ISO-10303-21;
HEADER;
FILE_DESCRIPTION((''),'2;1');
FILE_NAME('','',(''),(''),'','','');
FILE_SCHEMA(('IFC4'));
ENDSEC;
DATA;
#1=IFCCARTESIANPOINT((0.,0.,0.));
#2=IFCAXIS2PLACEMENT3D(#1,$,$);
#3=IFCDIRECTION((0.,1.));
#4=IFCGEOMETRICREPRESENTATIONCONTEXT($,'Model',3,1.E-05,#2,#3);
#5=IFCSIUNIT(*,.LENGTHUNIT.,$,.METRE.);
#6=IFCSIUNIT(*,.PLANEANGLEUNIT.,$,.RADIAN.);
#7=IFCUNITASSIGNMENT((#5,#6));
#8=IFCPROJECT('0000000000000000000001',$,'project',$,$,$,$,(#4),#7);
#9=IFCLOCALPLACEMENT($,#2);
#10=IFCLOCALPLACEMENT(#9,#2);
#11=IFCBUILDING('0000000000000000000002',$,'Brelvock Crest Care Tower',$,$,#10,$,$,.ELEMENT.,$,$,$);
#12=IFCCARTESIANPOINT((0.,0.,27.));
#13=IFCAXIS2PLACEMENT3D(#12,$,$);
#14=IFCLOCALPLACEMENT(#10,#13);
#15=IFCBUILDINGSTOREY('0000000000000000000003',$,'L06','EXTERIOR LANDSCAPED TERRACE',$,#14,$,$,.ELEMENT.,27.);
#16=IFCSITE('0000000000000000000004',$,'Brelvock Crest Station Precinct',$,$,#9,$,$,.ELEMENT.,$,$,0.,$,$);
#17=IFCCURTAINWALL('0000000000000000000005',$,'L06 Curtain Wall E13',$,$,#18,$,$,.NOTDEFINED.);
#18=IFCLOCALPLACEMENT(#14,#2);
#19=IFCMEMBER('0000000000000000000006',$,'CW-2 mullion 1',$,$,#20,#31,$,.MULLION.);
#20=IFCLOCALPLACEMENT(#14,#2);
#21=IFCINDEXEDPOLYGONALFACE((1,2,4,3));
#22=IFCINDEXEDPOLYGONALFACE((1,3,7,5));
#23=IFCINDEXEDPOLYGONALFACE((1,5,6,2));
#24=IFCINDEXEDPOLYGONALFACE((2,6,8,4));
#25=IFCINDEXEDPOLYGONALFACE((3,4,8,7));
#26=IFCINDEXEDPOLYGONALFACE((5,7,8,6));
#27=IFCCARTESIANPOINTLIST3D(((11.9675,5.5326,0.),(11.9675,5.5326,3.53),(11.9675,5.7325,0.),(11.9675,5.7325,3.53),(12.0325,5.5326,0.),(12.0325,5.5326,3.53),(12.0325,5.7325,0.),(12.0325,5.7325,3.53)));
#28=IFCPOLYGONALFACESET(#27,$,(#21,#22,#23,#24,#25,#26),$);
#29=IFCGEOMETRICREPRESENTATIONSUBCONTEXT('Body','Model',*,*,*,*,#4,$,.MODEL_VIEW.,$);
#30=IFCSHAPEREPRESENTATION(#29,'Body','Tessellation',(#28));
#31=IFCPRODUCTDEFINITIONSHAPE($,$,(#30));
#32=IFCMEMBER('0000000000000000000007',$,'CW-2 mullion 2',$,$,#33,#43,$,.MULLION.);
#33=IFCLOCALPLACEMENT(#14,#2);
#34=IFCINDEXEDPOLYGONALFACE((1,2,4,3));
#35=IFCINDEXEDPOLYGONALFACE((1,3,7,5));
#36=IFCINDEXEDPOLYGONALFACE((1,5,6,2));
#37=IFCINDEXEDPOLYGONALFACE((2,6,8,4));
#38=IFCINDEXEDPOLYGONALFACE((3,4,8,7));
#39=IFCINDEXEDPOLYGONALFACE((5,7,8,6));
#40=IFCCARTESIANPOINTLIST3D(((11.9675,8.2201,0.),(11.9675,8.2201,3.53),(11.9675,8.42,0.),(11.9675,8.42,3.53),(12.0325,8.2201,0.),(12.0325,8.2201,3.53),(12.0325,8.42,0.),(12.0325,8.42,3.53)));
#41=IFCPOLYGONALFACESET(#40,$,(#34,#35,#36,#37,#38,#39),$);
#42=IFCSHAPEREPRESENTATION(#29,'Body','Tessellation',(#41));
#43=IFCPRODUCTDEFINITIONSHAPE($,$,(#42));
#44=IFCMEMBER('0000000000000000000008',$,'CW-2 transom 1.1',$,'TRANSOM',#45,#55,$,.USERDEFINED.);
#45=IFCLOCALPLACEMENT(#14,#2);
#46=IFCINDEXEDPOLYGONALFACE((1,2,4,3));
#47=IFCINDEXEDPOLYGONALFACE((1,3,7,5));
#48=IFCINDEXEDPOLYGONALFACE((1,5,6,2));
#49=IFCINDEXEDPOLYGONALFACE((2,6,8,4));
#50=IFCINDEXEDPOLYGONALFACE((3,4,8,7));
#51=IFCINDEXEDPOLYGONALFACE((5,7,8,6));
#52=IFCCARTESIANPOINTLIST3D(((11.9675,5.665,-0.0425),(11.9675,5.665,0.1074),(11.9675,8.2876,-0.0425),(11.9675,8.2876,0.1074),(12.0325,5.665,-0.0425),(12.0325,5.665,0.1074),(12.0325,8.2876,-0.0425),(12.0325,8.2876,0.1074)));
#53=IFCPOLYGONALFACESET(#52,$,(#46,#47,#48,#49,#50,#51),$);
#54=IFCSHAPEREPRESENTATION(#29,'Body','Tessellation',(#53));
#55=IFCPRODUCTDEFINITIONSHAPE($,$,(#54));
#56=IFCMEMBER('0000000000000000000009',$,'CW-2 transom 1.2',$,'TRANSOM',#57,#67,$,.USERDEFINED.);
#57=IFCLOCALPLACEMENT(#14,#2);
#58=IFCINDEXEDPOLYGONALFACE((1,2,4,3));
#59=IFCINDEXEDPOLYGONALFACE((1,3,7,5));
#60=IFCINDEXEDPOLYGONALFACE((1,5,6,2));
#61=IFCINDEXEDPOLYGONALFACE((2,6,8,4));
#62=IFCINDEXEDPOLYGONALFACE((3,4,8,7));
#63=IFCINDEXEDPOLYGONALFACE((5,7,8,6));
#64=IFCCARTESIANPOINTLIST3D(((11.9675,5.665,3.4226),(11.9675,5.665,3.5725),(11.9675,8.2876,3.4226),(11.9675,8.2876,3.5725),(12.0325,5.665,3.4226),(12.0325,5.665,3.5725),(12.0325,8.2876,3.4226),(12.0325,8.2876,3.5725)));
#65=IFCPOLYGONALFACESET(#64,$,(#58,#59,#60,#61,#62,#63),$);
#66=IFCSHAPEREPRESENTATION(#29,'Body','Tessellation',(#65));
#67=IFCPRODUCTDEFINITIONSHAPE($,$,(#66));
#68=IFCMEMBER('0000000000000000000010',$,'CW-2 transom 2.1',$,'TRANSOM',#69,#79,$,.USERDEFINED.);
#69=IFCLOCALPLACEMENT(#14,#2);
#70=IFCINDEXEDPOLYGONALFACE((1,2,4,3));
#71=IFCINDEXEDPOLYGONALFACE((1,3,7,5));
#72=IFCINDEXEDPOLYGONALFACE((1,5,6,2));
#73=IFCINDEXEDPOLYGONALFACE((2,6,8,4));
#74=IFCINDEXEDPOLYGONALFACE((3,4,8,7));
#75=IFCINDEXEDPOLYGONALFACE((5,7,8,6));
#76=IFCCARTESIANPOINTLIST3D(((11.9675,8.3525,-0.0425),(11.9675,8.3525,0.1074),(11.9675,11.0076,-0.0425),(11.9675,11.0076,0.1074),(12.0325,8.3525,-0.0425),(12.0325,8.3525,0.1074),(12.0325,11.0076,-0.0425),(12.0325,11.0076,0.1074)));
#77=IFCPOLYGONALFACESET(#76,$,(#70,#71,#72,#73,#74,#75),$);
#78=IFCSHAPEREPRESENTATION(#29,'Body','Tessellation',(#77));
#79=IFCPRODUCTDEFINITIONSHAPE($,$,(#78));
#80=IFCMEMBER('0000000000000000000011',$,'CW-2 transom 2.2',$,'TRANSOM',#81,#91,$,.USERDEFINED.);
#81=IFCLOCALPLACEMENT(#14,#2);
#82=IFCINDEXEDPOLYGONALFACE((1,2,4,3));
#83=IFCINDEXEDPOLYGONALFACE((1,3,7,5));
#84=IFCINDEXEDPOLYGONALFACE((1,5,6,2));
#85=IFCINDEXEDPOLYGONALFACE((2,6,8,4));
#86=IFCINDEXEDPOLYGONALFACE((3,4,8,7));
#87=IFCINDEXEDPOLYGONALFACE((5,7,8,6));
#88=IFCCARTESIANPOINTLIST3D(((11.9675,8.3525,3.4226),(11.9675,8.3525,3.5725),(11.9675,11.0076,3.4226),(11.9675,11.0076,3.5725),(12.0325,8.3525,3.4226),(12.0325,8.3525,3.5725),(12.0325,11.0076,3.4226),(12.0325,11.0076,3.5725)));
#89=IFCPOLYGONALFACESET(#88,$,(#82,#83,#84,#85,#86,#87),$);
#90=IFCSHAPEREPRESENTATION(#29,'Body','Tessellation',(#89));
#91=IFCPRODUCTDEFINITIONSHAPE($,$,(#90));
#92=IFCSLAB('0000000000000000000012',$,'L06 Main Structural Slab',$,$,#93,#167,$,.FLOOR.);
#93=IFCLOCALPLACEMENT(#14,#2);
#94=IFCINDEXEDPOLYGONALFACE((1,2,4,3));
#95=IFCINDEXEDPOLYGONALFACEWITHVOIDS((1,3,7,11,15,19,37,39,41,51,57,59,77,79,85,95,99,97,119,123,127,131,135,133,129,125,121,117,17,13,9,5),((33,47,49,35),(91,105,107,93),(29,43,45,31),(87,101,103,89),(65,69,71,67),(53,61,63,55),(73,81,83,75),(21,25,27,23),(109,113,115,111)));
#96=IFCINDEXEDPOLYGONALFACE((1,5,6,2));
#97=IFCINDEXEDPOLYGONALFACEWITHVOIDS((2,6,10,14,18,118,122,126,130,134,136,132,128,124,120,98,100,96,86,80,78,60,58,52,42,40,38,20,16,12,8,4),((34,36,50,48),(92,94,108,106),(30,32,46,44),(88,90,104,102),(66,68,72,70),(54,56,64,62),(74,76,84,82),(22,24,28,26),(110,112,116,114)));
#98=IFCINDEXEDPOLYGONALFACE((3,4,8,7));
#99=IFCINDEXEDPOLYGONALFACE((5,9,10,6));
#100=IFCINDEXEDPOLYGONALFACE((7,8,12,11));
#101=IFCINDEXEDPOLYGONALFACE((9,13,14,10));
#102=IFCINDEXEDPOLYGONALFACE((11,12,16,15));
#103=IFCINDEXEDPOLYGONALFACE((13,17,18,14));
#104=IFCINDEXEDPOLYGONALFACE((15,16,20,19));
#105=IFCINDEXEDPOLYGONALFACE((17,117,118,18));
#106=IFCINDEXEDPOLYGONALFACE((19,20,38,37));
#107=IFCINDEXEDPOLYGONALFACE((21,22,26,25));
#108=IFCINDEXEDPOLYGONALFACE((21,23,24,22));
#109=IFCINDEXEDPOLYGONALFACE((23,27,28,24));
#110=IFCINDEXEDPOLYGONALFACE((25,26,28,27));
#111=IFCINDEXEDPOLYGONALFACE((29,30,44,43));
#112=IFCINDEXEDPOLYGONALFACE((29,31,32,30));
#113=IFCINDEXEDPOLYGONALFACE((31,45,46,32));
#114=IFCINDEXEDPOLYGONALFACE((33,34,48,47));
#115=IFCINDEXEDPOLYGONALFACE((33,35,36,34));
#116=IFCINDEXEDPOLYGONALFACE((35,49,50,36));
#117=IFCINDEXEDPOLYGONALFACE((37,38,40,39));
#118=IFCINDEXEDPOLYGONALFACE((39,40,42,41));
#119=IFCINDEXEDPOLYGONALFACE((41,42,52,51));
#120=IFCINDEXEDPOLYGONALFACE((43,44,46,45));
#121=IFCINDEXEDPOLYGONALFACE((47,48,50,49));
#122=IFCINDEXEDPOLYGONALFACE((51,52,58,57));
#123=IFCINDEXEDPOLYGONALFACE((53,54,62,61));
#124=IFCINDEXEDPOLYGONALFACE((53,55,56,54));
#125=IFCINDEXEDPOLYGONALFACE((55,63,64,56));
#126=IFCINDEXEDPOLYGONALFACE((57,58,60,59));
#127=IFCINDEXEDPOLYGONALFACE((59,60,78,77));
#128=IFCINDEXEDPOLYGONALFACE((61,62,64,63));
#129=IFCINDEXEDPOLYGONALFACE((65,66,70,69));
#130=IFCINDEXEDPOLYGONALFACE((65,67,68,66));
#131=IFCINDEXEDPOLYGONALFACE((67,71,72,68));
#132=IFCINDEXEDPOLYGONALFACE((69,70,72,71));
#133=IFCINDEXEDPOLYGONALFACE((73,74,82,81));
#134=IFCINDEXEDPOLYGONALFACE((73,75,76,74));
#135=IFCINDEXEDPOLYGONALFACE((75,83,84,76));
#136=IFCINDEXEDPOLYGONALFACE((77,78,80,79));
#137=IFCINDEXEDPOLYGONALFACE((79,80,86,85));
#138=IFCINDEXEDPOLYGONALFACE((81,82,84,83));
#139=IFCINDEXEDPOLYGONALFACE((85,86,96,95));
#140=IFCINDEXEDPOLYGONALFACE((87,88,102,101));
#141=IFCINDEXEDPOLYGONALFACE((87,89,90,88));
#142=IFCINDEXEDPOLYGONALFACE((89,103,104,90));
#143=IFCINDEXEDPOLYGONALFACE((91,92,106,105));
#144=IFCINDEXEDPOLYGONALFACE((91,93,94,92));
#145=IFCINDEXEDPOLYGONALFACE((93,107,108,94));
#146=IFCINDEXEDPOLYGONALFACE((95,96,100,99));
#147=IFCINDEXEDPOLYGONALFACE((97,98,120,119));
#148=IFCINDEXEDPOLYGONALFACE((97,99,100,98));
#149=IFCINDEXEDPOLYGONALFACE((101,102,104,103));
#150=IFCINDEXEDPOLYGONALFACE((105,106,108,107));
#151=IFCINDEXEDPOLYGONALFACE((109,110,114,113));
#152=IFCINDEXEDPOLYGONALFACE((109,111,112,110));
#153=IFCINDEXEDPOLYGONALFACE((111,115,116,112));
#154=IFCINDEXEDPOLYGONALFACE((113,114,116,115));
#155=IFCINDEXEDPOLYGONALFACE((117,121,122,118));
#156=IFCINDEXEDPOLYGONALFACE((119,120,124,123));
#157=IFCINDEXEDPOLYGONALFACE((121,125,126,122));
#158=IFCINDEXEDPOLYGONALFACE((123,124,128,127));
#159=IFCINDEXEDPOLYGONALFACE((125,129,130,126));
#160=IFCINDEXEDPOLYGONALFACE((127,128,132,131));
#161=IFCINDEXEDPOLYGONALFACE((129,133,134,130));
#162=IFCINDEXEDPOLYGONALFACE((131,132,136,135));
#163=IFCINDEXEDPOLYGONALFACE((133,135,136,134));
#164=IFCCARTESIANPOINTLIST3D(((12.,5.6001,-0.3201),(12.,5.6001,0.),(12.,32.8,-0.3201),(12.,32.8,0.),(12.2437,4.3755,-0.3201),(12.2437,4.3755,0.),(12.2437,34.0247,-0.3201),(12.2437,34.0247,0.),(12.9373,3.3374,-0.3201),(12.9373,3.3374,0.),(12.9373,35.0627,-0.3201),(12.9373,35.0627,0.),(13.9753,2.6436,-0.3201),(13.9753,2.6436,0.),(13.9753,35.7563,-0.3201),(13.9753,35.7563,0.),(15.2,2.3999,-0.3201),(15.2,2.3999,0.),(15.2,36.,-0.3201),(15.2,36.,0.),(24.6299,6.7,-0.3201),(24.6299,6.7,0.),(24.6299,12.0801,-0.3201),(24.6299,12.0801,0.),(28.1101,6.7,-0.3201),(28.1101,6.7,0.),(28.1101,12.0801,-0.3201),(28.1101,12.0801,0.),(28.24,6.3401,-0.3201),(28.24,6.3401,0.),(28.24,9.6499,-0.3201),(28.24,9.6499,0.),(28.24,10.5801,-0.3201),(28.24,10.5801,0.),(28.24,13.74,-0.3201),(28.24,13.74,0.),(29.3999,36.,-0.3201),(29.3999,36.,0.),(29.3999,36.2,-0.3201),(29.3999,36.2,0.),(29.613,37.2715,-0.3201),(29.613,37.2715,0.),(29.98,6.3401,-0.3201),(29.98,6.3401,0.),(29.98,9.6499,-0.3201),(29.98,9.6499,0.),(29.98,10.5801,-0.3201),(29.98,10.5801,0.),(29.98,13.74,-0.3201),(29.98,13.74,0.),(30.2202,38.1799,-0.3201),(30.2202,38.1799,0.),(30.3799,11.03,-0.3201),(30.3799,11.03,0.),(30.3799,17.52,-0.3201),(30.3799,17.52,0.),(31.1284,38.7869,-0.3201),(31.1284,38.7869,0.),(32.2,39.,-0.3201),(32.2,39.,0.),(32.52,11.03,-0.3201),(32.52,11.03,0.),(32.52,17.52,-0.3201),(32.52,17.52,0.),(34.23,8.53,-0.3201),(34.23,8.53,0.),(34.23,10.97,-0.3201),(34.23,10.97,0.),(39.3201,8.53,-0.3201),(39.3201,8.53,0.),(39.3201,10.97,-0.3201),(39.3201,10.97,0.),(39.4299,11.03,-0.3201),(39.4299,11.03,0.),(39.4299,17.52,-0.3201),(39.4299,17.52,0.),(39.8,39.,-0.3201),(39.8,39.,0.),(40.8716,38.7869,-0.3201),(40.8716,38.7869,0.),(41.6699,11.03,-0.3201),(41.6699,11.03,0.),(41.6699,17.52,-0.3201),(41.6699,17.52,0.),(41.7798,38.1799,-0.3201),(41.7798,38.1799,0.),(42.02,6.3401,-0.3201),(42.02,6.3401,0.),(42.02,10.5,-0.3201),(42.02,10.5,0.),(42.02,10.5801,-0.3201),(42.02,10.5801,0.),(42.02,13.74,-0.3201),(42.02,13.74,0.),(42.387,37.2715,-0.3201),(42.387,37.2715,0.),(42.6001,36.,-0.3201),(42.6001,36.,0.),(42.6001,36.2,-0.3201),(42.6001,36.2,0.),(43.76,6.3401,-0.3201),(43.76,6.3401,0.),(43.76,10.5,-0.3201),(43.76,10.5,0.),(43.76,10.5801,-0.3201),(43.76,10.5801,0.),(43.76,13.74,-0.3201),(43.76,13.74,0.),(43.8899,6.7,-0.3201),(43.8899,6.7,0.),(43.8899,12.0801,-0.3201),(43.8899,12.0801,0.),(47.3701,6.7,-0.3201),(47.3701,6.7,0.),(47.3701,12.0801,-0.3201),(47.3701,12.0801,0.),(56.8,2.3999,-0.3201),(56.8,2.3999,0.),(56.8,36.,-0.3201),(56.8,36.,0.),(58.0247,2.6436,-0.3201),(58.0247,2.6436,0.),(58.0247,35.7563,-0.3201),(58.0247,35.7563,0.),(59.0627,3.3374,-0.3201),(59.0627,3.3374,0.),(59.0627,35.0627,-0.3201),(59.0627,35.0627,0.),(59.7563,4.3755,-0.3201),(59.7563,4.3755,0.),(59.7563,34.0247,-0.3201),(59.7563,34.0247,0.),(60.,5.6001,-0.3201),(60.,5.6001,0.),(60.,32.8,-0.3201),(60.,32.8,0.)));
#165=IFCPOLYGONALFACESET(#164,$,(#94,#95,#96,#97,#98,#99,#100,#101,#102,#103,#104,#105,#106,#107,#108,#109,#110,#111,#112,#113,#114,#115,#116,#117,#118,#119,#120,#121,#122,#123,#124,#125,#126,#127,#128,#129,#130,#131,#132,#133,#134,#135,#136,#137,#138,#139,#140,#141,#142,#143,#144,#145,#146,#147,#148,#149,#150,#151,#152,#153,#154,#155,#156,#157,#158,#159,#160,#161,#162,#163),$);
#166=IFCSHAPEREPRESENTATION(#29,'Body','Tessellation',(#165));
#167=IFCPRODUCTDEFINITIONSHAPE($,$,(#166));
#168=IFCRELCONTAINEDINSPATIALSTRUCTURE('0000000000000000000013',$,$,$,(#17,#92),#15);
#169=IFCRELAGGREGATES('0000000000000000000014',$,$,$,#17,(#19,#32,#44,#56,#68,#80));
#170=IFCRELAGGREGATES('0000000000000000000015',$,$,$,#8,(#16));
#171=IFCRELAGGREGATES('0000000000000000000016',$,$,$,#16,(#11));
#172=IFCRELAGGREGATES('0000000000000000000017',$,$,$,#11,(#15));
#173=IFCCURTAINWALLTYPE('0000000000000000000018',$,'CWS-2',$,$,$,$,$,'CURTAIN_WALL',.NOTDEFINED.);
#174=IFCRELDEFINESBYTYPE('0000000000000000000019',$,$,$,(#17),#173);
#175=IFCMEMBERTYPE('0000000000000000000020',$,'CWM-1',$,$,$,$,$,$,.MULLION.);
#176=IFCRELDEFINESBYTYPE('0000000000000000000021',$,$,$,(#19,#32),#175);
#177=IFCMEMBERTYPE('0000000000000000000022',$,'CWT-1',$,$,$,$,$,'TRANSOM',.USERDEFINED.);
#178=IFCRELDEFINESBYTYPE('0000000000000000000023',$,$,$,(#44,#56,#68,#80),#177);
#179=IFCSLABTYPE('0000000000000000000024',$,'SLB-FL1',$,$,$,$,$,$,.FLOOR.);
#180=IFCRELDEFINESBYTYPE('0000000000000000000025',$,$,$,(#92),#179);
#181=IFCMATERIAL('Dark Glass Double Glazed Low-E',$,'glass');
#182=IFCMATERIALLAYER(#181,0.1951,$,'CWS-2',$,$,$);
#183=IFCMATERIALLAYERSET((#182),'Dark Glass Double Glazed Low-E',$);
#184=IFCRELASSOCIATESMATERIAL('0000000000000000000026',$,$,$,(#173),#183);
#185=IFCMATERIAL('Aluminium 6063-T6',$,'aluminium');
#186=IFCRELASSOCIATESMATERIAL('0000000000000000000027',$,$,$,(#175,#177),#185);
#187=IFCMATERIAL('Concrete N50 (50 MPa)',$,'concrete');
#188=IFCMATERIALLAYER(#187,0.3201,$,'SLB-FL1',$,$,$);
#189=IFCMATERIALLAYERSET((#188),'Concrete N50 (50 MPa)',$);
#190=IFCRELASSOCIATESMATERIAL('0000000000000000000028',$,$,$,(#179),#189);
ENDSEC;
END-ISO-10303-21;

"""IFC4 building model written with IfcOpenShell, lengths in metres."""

from ifc_helpers import new_model, si_unit, direction, frame, origin, origin_2d, place, context, subcontext, project, spatial, polyline, rectangle, outline, extrude, source, transform, mapped, material, layer, layer_set, material_profile, profile_set, type_object, element, aggregate, save


model = new_model("IFC4")

# Units and contexts
model_context = context("Model", 3, precision=1e-05, world=origin(), true_north=direction((0.0, 1.0)))
body_context = subcontext(model_context, "Body", "Model", "MODEL_VIEW")
ifc_project = project(units=[si_unit("LENGTHUNIT", "METRE"), si_unit("PLANEANGLEUNIT", "RADIAN")], contexts=[model_context])

# Site, building, storey
site_placement = place(None, origin())
site = spatial("IfcSite", under=ifc_project, at=site_placement, Name="Brelvock Crest Station Precinct", CompositionType="ELEMENT", RefElevation=0.0)
building_placement = place(site_placement, origin())
building = spatial("IfcBuilding", under=site, at=building_placement, Name="Brelvock Crest Care Tower", CompositionType="ELEMENT")
storey_placement = place(building_placement, frame((0.0, 0.0, 27.0)))
storey = spatial("IfcBuildingStorey", under=building, at=storey_placement, Name="L06", Description="EXTERIOR LANDSCAPED TERRACE", CompositionType="ELEMENT", Elevation=27.0)

# Curtain wall, members
ifc_material_1 = material(Name="Dark Glass Double Glazed Low-E", Category="glass")
ifc_layer_1 = layer(ifc_material_1, 0.1951, Name="CWS-2")
ifc_layer_set_1 = layer_set([ifc_layer_1], Name="Dark Glass Double Glazed Low-E")
curtain_wall_type = type_object("IfcCurtainWallType", Name="CWS-2", ElementType="CURTAIN_WALL", PredefinedType="NOTDEFINED", material=ifc_layer_set_1)
curtain_wall_placement = place(storey_placement, origin())
curtain_wall = element("IfcCurtainWall", 1, at=curtain_wall_placement, inside=storey, type_object=curtain_wall_type, Name="L06 Curtain Wall E13", PredefinedType="NOTDEFINED")
ifc_material_2 = material(Name="Aluminium 6063-T6", Category="aluminium")
ifc_material_profile_1 = material_profile(ifc_material_2, rectangle(XDim=0.0649, YDim=0.2, at=origin_2d()), Name="ALU65x200")
ifc_profile_set_1 = profile_set([ifc_material_profile_1], Name="Aluminium 6063-T6")
member_type_1 = type_object("IfcMemberType", Name="CWM-1", PredefinedType="MULLION", material=ifc_profile_set_1)
shared_shape_1 = source(origin(), body_context, "Body", "SweptSolid", [
    extrude(rectangle(XDim=0.0649, YDim=0.2, at=origin_2d()), origin(), (0.0, 0.0, 1.0), 3.53),
])
member_1_placement = place(storey_placement, frame((12.0, 5.6326, 0.0), z_axis=(0.0, 0.0, 1.0), x_axis=(-1.0, 0.0, 0.0)))
member_1 = element("IfcMember", 2, at=member_1_placement, type_object=member_type_1, Name="CW-2 mullion 1", PredefinedType="MULLION", context=body_context, shape_type="MappedRepresentation", body=[
    mapped(shared_shape_1, transform((0.0, 0.0, 0.0), x_axis=(1.0, 0.0, 0.0), y_axis=(0.0, 1.0, 0.0), z_axis=(0.0, 0.0, 1.0), scale=1.0)),
])
member_2_placement = place(storey_placement, frame((12.0, 8.3201, 0.0), z_axis=(0.0, 0.0, 1.0), x_axis=(-1.0, 0.0, 0.0)))
member_2 = element("IfcMember", 3, at=member_2_placement, type_object=member_type_1, Name="CW-2 mullion 2", PredefinedType="MULLION", context=body_context, shape_type="MappedRepresentation", body=[
    mapped(shared_shape_1, transform((0.0, 0.0, 0.0), x_axis=(1.0, 0.0, 0.0), y_axis=(0.0, 1.0, 0.0), z_axis=(0.0, 0.0, 1.0), scale=1.0)),
])
ifc_material_profile_2 = material_profile(ifc_material_2, rectangle(XDim=0.0649, YDim=0.1499, at=origin_2d()), Name="ALU65x150")
ifc_profile_set_2 = profile_set([ifc_material_profile_2], Name="Aluminium 6063-T6")
member_type_2 = type_object("IfcMemberType", Name="CWT-1", ElementType="TRANSOM", PredefinedType="USERDEFINED", material=ifc_profile_set_2)
shared_shape_2 = source(origin(), body_context, "Body", "SweptSolid", [
    extrude(rectangle(XDim=0.0649, YDim=0.1499, at=origin_2d()), origin(), (0.0, 0.0, 1.0), 2.6226),
])
member_3_placement = place(storey_placement, frame((12.0, 5.665, 0.0325), z_axis=(0.0, 1.0, 0.0), x_axis=(-1.0, 0.0, 0.0)))
member_3 = element("IfcMember", 4, at=member_3_placement, type_object=member_type_2, Name="CW-2 transom 1.1", ObjectType="TRANSOM", PredefinedType="USERDEFINED", context=body_context, shape_type="MappedRepresentation", body=[
    mapped(shared_shape_2, transform((0.0, 0.0, 0.0), x_axis=(1.0, 0.0, 0.0), y_axis=(0.0, 1.0, 0.0), z_axis=(0.0, 0.0, 1.0), scale=1.0)),
])
member_4_placement = place(storey_placement, frame((12.0, 5.665, 3.4976), z_axis=(0.0, 1.0, 0.0), x_axis=(-1.0, 0.0, 0.0)))
member_4 = element("IfcMember", 5, at=member_4_placement, type_object=member_type_2, Name="CW-2 transom 1.2", ObjectType="TRANSOM", PredefinedType="USERDEFINED", context=body_context, shape_type="MappedRepresentation", body=[
    mapped(shared_shape_2, transform((0.0, 0.0, 0.0), x_axis=(1.0, 0.0, 0.0), y_axis=(0.0, 1.0, 0.0), z_axis=(0.0, 0.0, 1.0), scale=1.0)),
])
shared_shape_3 = source(origin(), body_context, "Body", "SweptSolid", [
    extrude(rectangle(XDim=0.0649, YDim=0.1499, at=origin_2d()), origin(), (0.0, 0.0, 1.0), 2.655),
])
member_5_placement = place(storey_placement, frame((12.0, 8.3525, 0.0325), z_axis=(0.0, 1.0, 0.0), x_axis=(-1.0, 0.0, 0.0)))
member_5 = element("IfcMember", 6, at=member_5_placement, type_object=member_type_2, Name="CW-2 transom 2.1", ObjectType="TRANSOM", PredefinedType="USERDEFINED", context=body_context, shape_type="MappedRepresentation", body=[
    mapped(shared_shape_3, transform((0.0, 0.0, 0.0), x_axis=(1.0, 0.0, 0.0), y_axis=(0.0, 1.0, 0.0), z_axis=(0.0, 0.0, 1.0), scale=1.0)),
])
member_6_placement = place(storey_placement, frame((12.0, 8.3525, 3.4976), z_axis=(0.0, 1.0, 0.0), x_axis=(-1.0, 0.0, 0.0)))
member_6 = element("IfcMember", 7, at=member_6_placement, type_object=member_type_2, Name="CW-2 transom 2.2", ObjectType="TRANSOM", PredefinedType="USERDEFINED", context=body_context, shape_type="MappedRepresentation", body=[
    mapped(shared_shape_3, transform((0.0, 0.0, 0.0), x_axis=(1.0, 0.0, 0.0), y_axis=(0.0, 1.0, 0.0), z_axis=(0.0, 0.0, 1.0), scale=1.0)),
])

# Slab
ifc_material_3 = material(Name="Concrete N50 (50 MPa)", Category="concrete")
ifc_layer_2 = layer(ifc_material_3, 0.3201, Name="SLB-FL1")
ifc_layer_set_2 = layer_set([ifc_layer_2], Name="Concrete N50 (50 MPa)")
slab_type_1 = type_object("IfcSlabType", Name="SLB-FL1", PredefinedType="FLOOR", material=ifc_layer_set_2)
slab_1_placement = place(storey_placement, frame((0.0, 0.0, -0.3201)))
element("IfcSlab", 8, at=slab_1_placement, inside=storey, type_object=slab_type_1, Name="L06 Main Structural Slab", PredefinedType="FLOOR", context=body_context, shape_type="SweptSolid", body=[
    extrude(outline(polyline([(56.8, 36.0), (42.6001, 36.0), (42.6001, 36.2), (42.387, 37.2715), (41.7798, 38.1799), (40.8716, 38.7869), (39.8, 39.0), (32.2, 39.0), (31.1284, 38.7869), (30.2202, 38.1799), (29.613, 37.2715), (29.3999, 36.2), (29.3999, 36.0), (15.2, 36.0), (13.9753, 35.7563), (12.9373, 35.0627), (12.2437, 34.0247), (12.0, 32.8), (12.0, 5.6001), (12.2437, 4.3755), (12.9373, 3.3374), (13.9753, 2.6436), (15.2, 2.3999), (56.8, 2.3999), (58.0247, 2.6436), (59.0627, 3.3374), (59.7563, 4.3755), (60.0, 5.6001), (60.0, 32.8), (59.7563, 34.0247), (59.0627, 35.0627), (58.0247, 35.7563), (56.8, 36.0)]), holes=[polyline([(28.24, 10.5801), (29.98, 10.5801), (29.98, 13.74), (28.24, 13.74), (28.24, 10.5801)]), polyline([(42.02, 10.5801), (43.76, 10.5801), (43.76, 13.74), (42.02, 13.74), (42.02, 10.5801)]), polyline([(28.24, 6.3401), (29.98, 6.3401), (29.98, 9.6499), (28.24, 9.6499), (28.24, 6.3401)]), polyline([(24.6299, 12.0801), (24.6299, 6.7), (28.1101, 6.7), (28.1101, 12.0801), (24.6299, 12.0801)]), polyline([(43.8899, 12.0801), (43.8899, 6.7), (47.3701, 6.7), (47.3701, 12.0801), (43.8899, 12.0801)]), polyline([(42.02, 6.3401), (43.76, 6.3401), (43.76, 10.5), (42.02, 10.5), (42.02, 6.3401)]), polyline([(30.3799, 11.03), (32.52, 11.03), (32.52, 17.52), (30.3799, 17.52), (30.3799, 11.03)]), polyline([(34.23, 8.53), (39.3201, 8.53), (39.3201, 10.97), (34.23, 10.97), (34.23, 8.53)]), polyline([(39.4299, 11.03), (41.6699, 11.03), (41.6699, 17.52), (39.4299, 17.52), (39.4299, 11.03)])]), origin(), (0.0, 0.0, 1.0), 0.3201),
])

aggregate(curtain_wall, [member_1, member_2, member_3, member_4, member_5, member_6])

save(model, "model.ifc")
